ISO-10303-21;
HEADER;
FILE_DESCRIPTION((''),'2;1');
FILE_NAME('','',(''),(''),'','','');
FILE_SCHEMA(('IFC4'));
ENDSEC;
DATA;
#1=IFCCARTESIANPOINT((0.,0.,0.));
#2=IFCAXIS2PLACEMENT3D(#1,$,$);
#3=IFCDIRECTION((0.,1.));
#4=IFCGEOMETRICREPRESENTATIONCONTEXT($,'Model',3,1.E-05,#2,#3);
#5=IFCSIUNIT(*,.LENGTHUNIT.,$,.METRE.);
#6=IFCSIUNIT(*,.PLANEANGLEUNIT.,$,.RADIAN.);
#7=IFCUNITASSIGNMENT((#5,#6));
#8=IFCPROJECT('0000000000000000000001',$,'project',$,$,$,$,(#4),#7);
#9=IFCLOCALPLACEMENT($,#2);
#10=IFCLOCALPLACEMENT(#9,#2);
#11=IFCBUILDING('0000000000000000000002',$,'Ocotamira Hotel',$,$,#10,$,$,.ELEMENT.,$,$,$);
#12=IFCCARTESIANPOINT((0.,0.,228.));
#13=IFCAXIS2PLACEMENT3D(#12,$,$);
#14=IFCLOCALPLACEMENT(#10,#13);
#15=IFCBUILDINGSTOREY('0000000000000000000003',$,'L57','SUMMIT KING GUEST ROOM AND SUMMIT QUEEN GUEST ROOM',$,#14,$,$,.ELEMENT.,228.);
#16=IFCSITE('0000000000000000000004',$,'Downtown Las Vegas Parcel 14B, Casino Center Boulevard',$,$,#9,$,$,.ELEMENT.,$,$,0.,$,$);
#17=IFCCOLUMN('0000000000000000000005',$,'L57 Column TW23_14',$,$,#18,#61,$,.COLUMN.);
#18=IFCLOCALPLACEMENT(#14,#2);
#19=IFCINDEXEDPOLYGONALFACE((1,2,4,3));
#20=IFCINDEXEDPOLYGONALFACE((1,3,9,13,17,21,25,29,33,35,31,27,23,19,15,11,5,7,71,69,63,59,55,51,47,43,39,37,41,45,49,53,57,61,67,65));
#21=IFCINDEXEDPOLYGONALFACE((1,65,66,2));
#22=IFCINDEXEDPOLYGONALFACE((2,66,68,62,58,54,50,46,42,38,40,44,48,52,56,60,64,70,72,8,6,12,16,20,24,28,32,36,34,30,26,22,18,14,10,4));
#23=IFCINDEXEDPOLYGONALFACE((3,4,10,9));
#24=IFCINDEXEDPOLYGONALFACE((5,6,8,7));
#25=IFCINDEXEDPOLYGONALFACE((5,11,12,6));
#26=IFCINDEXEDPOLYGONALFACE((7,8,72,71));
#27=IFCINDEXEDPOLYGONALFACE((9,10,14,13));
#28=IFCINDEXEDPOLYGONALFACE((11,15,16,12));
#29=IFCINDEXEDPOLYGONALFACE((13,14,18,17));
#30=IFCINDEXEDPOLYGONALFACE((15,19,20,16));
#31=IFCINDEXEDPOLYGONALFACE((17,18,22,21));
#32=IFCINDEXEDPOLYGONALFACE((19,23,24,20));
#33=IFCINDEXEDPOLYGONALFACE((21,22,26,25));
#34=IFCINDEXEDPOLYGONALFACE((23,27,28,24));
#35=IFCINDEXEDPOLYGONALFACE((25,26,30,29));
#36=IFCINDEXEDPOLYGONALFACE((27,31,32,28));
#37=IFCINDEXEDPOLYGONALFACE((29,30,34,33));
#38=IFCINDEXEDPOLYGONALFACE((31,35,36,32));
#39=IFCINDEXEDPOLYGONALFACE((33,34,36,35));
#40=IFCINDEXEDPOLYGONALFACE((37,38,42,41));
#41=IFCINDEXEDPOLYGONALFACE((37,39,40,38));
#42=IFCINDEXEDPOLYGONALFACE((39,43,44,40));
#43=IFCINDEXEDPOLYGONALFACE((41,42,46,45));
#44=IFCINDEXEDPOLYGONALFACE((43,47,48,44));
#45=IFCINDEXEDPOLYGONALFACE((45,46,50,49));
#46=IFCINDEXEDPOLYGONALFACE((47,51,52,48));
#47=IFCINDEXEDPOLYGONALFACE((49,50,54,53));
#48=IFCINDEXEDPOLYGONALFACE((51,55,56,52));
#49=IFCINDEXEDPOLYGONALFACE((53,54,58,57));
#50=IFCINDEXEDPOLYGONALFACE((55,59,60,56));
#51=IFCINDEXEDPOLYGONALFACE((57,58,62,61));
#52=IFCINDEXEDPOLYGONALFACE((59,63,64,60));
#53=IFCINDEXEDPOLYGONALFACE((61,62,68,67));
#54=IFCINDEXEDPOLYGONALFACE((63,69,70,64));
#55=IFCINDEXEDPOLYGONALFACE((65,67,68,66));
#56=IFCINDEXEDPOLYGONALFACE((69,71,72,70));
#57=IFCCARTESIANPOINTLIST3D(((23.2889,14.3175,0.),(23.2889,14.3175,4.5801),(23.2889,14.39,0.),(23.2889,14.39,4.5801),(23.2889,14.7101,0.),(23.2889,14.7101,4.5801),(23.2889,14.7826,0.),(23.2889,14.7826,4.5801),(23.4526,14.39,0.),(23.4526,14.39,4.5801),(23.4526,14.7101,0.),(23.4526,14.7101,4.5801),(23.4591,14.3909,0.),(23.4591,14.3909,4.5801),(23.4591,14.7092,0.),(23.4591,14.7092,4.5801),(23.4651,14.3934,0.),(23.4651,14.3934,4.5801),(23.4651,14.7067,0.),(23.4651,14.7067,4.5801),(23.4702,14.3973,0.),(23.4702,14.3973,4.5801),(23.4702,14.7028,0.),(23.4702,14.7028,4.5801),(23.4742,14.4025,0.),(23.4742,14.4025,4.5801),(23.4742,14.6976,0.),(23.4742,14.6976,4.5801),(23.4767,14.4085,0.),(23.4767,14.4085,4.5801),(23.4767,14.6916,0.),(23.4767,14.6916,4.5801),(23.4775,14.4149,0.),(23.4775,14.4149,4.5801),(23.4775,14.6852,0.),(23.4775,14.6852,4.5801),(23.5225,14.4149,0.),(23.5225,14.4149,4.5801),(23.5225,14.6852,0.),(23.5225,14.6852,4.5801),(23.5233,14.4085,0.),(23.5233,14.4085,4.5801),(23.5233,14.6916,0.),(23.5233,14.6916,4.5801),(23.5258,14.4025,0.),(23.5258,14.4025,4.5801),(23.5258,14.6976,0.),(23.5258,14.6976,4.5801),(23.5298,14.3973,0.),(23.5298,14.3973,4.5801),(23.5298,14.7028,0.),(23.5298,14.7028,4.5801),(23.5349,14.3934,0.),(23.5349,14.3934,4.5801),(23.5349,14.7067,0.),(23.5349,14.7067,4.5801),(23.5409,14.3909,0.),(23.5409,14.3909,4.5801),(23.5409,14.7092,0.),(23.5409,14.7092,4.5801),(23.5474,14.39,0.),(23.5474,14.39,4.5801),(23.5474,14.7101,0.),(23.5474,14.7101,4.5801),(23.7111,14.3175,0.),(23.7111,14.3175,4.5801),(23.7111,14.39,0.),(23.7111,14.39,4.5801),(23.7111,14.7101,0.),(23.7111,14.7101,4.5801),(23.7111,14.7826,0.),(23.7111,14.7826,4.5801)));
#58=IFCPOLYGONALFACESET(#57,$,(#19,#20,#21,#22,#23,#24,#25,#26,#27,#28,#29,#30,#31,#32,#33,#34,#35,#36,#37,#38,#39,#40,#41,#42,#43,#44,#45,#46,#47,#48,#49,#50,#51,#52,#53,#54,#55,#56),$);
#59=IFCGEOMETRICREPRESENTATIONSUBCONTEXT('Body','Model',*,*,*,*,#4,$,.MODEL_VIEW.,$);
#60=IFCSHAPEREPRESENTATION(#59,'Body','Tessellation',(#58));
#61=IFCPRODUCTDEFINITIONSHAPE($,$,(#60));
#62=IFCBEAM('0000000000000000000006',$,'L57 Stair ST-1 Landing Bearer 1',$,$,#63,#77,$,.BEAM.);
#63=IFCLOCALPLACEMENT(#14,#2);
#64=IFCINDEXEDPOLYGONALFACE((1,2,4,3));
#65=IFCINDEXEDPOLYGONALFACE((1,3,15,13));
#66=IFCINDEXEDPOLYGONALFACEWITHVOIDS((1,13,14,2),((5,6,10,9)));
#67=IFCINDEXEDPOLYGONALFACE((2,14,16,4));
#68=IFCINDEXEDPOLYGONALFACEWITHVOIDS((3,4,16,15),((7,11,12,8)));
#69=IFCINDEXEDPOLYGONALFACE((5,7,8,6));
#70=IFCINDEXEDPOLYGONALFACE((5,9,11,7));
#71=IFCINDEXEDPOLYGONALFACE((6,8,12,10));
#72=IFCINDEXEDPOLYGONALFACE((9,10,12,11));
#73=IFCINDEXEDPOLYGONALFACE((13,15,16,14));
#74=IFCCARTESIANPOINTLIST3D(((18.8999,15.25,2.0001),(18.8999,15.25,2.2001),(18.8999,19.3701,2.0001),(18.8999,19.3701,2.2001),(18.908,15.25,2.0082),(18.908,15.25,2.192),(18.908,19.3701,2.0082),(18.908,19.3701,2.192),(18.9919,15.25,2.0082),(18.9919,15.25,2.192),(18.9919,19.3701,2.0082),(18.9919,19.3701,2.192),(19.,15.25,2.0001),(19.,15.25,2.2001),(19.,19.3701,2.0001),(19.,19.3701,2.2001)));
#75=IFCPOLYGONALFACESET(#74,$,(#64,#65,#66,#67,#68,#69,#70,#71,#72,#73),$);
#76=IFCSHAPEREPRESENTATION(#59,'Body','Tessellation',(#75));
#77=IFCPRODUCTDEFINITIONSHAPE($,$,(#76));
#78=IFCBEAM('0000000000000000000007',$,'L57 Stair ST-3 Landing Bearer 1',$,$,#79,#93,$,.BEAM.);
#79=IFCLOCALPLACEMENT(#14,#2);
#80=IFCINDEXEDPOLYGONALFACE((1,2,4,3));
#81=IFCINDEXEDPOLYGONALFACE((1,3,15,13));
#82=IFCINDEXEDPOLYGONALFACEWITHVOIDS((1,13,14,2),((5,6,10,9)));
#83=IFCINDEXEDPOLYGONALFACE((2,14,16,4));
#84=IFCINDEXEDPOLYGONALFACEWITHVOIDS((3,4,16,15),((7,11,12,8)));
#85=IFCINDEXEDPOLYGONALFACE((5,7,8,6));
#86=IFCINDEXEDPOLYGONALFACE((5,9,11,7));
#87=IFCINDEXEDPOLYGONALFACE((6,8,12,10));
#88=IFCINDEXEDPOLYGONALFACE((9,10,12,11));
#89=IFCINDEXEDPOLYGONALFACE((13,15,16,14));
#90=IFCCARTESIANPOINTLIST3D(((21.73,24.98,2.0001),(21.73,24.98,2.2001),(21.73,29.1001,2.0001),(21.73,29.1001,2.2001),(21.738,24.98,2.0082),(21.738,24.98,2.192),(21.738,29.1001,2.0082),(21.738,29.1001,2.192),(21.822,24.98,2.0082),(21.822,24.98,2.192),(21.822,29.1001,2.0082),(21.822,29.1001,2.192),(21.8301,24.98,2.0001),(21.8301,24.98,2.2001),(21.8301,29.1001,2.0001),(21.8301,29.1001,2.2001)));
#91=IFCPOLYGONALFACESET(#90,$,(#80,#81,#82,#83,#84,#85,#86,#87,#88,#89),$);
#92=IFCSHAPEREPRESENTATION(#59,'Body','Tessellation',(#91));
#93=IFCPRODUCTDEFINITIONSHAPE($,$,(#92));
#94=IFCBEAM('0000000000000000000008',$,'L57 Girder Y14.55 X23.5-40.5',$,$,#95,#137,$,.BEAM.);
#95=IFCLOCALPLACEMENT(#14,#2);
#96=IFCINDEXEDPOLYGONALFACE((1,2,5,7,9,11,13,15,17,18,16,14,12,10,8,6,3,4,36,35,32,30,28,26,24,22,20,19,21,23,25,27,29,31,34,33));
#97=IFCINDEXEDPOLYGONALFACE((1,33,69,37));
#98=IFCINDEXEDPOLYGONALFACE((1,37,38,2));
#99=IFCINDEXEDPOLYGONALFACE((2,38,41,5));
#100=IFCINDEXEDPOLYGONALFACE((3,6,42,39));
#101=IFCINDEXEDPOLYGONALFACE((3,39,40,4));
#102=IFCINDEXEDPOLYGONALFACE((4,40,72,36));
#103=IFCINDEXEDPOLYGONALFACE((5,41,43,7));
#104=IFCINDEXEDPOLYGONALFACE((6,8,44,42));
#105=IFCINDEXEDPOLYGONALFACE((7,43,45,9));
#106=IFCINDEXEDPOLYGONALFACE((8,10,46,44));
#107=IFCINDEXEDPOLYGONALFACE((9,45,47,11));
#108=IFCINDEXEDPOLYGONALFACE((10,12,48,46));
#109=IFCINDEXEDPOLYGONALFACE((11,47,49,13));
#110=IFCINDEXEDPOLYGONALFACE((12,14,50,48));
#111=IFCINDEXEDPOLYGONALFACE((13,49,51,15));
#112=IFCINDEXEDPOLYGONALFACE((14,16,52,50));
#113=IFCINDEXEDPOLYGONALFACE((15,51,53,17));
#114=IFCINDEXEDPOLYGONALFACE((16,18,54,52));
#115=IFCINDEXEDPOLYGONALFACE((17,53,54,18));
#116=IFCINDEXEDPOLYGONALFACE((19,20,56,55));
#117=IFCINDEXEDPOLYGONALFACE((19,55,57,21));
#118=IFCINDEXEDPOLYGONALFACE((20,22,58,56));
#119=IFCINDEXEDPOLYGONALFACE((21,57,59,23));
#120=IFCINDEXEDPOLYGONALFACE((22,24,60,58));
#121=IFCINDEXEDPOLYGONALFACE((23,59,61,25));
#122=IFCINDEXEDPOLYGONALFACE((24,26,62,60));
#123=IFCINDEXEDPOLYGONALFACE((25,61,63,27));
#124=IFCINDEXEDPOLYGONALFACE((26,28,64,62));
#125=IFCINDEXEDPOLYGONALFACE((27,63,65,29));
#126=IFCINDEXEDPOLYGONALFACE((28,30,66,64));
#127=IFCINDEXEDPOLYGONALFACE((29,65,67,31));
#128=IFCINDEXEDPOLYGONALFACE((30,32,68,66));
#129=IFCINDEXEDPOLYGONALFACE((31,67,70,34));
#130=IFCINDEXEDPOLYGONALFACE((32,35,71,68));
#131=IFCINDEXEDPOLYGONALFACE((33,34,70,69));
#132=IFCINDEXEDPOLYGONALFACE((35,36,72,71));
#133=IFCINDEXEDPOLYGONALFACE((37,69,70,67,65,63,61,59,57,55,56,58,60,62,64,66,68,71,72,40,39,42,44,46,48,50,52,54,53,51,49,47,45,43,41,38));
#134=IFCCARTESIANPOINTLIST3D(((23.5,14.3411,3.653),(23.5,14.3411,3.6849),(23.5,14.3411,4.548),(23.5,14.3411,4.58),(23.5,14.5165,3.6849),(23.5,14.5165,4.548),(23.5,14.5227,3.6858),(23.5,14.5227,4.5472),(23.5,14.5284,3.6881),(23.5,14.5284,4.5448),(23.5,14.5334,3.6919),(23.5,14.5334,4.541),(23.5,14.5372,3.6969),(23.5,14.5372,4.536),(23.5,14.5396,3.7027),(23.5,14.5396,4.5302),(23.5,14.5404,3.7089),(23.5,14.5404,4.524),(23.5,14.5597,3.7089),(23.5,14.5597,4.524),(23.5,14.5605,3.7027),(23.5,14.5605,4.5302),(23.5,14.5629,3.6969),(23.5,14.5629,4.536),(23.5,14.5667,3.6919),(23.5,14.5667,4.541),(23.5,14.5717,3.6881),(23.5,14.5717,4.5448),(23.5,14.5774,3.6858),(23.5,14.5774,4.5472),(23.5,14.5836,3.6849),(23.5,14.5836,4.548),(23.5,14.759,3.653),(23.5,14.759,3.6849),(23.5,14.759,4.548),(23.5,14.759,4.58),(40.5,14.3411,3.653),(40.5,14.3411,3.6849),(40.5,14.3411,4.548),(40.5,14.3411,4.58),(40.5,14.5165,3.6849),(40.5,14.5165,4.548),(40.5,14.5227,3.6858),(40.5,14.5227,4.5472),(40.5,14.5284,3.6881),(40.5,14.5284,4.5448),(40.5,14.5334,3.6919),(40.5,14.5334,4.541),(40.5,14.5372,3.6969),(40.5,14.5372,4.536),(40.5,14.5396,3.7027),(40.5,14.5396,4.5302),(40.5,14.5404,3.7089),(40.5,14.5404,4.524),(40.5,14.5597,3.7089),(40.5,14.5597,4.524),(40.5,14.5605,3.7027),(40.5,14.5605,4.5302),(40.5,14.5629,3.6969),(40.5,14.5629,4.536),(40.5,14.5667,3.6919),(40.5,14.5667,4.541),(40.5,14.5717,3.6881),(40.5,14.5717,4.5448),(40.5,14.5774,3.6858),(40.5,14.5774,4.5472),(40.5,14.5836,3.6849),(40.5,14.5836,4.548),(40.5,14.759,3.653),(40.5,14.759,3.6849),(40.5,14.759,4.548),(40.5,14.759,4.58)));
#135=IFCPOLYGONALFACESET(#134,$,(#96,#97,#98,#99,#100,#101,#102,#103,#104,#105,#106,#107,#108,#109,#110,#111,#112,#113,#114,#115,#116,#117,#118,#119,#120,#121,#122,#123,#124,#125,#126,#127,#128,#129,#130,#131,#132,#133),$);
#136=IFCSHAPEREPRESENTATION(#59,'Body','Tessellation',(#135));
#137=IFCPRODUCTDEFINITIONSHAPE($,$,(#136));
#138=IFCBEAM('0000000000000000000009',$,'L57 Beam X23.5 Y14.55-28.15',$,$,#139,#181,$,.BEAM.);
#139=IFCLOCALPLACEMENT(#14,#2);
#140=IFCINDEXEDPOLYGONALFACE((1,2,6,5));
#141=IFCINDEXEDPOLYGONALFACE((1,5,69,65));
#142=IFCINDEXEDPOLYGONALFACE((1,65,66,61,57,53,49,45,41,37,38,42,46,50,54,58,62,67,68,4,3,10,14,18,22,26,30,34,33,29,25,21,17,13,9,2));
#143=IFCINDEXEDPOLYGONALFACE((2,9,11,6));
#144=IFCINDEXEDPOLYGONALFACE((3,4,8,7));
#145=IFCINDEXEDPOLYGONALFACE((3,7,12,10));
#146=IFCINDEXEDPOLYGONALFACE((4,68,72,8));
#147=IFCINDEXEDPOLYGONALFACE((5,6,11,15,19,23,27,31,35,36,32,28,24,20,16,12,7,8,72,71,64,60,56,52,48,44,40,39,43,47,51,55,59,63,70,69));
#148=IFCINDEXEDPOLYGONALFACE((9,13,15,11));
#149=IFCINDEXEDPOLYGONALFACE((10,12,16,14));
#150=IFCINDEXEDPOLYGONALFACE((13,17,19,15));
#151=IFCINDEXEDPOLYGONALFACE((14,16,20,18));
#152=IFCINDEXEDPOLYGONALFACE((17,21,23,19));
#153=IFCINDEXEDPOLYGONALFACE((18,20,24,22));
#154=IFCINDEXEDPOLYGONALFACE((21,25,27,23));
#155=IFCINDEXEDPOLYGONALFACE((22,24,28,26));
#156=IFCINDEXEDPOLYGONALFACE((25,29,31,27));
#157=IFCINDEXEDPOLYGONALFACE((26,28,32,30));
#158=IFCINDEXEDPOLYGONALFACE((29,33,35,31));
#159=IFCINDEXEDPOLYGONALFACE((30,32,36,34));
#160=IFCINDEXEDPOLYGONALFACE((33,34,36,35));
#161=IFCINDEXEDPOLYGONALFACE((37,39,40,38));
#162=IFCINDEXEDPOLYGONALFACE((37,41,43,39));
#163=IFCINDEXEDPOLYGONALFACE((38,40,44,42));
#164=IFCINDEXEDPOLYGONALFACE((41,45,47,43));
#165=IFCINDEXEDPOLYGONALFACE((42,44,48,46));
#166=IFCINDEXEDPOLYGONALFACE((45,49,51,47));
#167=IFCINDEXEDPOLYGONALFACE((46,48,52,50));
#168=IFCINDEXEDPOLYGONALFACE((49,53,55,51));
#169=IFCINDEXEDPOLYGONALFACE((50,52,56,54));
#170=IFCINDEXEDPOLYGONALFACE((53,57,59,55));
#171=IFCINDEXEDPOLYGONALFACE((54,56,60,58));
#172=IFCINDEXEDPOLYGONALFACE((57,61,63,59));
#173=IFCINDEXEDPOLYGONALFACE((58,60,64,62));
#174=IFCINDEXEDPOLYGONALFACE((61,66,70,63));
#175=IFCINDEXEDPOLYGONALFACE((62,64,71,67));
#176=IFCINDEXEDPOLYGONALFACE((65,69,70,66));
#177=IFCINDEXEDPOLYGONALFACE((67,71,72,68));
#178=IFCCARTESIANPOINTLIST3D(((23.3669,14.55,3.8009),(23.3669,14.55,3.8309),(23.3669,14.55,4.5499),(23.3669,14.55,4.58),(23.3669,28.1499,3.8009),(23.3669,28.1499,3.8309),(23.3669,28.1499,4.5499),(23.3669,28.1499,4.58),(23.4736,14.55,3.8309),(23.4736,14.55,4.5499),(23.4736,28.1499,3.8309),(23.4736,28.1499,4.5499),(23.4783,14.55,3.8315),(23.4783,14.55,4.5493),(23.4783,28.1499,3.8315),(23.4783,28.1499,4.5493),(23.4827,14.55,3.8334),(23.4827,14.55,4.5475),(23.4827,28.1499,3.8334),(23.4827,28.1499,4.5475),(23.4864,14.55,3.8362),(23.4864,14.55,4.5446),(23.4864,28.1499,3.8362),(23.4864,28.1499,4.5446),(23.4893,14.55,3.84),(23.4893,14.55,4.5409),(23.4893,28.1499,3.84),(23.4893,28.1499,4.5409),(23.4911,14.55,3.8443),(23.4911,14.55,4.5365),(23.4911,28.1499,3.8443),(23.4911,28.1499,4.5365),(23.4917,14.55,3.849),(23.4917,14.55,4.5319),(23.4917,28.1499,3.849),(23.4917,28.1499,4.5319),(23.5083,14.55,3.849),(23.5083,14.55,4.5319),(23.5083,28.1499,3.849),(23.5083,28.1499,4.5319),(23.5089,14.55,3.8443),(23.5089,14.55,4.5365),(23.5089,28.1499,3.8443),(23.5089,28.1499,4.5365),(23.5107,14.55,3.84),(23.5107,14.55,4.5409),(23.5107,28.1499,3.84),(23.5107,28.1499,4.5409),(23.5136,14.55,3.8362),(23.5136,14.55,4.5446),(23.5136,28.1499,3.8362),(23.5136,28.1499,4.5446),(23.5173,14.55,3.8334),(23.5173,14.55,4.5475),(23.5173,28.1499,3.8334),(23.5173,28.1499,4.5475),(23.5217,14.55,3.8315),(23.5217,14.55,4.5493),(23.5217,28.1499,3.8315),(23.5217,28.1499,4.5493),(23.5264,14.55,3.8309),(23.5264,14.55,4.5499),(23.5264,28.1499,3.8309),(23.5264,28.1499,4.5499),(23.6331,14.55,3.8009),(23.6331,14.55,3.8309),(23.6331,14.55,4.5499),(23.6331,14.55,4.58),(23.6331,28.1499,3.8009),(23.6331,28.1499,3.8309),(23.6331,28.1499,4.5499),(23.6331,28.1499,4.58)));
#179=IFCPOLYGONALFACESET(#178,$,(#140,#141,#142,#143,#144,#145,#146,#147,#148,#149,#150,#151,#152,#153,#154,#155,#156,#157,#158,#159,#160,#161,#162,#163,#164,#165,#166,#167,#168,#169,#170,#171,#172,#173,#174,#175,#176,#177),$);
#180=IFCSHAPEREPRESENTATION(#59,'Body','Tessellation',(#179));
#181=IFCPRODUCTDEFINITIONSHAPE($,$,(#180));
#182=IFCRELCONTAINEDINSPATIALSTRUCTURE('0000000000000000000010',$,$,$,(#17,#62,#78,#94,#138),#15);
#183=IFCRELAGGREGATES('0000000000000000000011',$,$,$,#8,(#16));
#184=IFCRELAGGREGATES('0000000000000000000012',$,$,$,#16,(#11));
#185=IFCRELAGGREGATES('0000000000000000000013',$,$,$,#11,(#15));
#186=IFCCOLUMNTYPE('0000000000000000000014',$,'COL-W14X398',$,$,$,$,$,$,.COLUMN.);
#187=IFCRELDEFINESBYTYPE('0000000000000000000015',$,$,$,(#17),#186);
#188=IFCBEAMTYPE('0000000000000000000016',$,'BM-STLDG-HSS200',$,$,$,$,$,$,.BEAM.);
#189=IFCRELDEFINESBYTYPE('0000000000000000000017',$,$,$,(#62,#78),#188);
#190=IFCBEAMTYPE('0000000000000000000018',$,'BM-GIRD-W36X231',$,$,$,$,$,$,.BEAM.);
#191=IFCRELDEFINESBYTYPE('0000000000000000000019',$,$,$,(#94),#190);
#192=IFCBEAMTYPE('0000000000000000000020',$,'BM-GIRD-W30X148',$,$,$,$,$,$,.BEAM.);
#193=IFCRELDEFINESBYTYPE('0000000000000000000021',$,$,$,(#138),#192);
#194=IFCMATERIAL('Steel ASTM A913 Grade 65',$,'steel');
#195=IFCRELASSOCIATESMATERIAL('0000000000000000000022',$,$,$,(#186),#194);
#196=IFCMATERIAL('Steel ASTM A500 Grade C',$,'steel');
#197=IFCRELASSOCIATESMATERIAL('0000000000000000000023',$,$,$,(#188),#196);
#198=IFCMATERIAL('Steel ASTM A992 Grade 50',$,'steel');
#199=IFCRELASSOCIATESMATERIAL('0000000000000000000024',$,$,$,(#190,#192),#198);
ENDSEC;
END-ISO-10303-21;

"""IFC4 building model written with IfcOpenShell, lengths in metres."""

from ifc_helpers import new_model, si_unit, direction, frame, origin, origin_2d, place, context, subcontext, project, spatial, hollow_rectangle, i_section, extrude, source, transform, mapped, material, material_profile, profile_set, type_object, element, save


model = new_model("IFC4")

# Units and contexts
model_context = context("Model", 3, precision=1e-05, world=origin(), true_north=direction((0.0, 1.0)))
body_context = subcontext(model_context, "Body", "Model", "MODEL_VIEW")
ifc_project = project(units=[si_unit("LENGTHUNIT", "METRE"), si_unit("PLANEANGLEUNIT", "RADIAN")], contexts=[model_context])

# Site, building, storey
site_placement = place(None, origin())
site = spatial("IfcSite", under=ifc_project, at=site_placement, Name="Downtown Las Vegas Parcel 14B, Casino Center Boulevard", CompositionType="ELEMENT", RefElevation=0.0)
building_placement = place(site_placement, origin())
building = spatial("IfcBuilding", under=site, at=building_placement, Name="Ocotamira Hotel", CompositionType="ELEMENT")
storey_placement = place(building_placement, frame((0.0, 0.0, 228.0)))
storey = spatial("IfcBuildingStorey", under=building, at=storey_placement, Name="L57", Description="SUMMIT KING GUEST ROOM AND SUMMIT QUEEN GUEST ROOM", CompositionType="ELEMENT", Elevation=228.0)

# Column
ifc_material_1 = material(Name="Steel ASTM A913 Grade 65", Category="steel")
ifc_material_profile_1 = material_profile(ifc_material_1, i_section(OverallWidth=0.4221, OverallDepth=0.4651, WebThickness=0.0449, FlangeThickness=0.0725, FilletRadius=0.0249, at=origin_2d()), Name="W14X398")
ifc_profile_set_1 = profile_set([ifc_material_profile_1], Name="Steel ASTM A913 Grade 65")
column_type = type_object("IfcColumnType", Name="COL-W14X398", PredefinedType="COLUMN", material=ifc_profile_set_1)
shared_shape_1 = source(origin(), body_context, "Body", "SweptSolid", [
    extrude(i_section(OverallWidth=0.4221, OverallDepth=0.4651, WebThickness=0.0449, FlangeThickness=0.0725, FilletRadius=0.0249, at=origin_2d()), origin(), (0.0, 0.0, 1.0), 4.5801),
])
column_placement = place(storey_placement, frame((23.5, 14.55, 0.0), z_axis=(0.0, 0.0, 1.0), x_axis=(1.0, 0.0, 0.0)))
element("IfcColumn", 1, at=column_placement, inside=storey, type_object=column_type, Name="L57 Column TW23_14", PredefinedType="COLUMN", context=body_context, shape_type="MappedRepresentation", body=[
    mapped(shared_shape_1, transform((0.0, 0.0, 0.0), scale=1.0)),
])

# Beams
ifc_material_2 = material(Name="Steel ASTM A500 Grade C", Category="steel")
ifc_material_profile_2 = material_profile(ifc_material_2, hollow_rectangle(XDim=0.1001, YDim=0.2, WallThickness=0.0081, at=origin_2d()), Name="HSS200X100X8")
ifc_profile_set_2 = profile_set([ifc_material_profile_2], Name="Steel ASTM A500 Grade C")
beam_type_1 = type_object("IfcBeamType", Name="BM-STLDG-HSS200", PredefinedType="BEAM", material=ifc_profile_set_2)
shared_shape_2 = source(origin(), body_context, "Body", "SweptSolid", [
    extrude(hollow_rectangle(XDim=0.1001, YDim=0.2, WallThickness=0.0081, at=origin_2d()), origin(), (0.0, 0.0, 1.0), 4.1201),
])
for number, where, z_axis, x_axis, name in (
    (2, (18.95, 15.25, 2.1001), (0.0, 1.0, 0.0), (-1.0, 0.0, 0.0), "L57 Stair ST-1 Landing Bearer 1"),
    (3, (21.78, 24.98, 2.1001), (0.0, 1.0, 0.0), (-1.0, 0.0, 0.0), "L57 Stair ST-3 Landing Bearer 1"),
):
    element("IfcBeam", number, at=place(storey_placement, frame(where, z_axis=z_axis, x_axis=x_axis)), inside=storey, type_object=beam_type_1, Name=name, PredefinedType="BEAM", context=body_context, shape_type="MappedRepresentation", body=[
        mapped(shared_shape_2, transform((0.0, 0.0, 0.0), scale=1.0)),
    ])
ifc_material_3 = material(Name="Steel ASTM A992 Grade 50", Category="steel")
ifc_material_profile_3 = material_profile(ifc_material_3, i_section(OverallWidth=0.418, OverallDepth=0.927, WebThickness=0.0193, FlangeThickness=0.032, FilletRadius=0.0239, at=origin_2d()), Name="W36X231")
ifc_profile_set_3 = profile_set([ifc_material_profile_3], Name="Steel ASTM A992 Grade 50")
beam_type_2 = type_object("IfcBeamType", Name="BM-GIRD-W36X231", PredefinedType="BEAM", material=ifc_profile_set_3)
shared_shape_3 = source(origin(), body_context, "Body", "SweptSolid", [
    extrude(i_section(OverallWidth=0.418, OverallDepth=0.927, WebThickness=0.0193, FlangeThickness=0.032, FilletRadius=0.0239, at=origin_2d()), origin(), (0.0, 0.0, 1.0), 17.0),
])
beam_1_placement = place(storey_placement, frame((23.5, 14.55, 4.1165), z_axis=(1.0, 0.0, 0.0), x_axis=(0.0, 1.0, 0.0)))
element("IfcBeam", 4, at=beam_1_placement, inside=storey, type_object=beam_type_2, Name="L57 Girder Y14.55 X23.5-40.5", PredefinedType="BEAM", context=body_context, shape_type="MappedRepresentation", body=[
    mapped(shared_shape_3, transform((0.0, 0.0, 0.0), scale=1.0)),
])
ifc_material_profile_4 = material_profile(ifc_material_3, i_section(OverallWidth=0.2661, OverallDepth=0.7791, WebThickness=0.0166, FlangeThickness=0.03, FilletRadius=0.0181, at=origin_2d()), Name="W30X148")
ifc_profile_set_4 = profile_set([ifc_material_profile_4], Name="Steel ASTM A992 Grade 50")
beam_type_3 = type_object("IfcBeamType", Name="BM-GIRD-W30X148", PredefinedType="BEAM", material=ifc_profile_set_4)
shared_shape_4 = source(origin(), body_context, "Body", "SweptSolid", [
    extrude(i_section(OverallWidth=0.2661, OverallDepth=0.7791, WebThickness=0.0166, FlangeThickness=0.03, FilletRadius=0.0181, at=origin_2d()), origin(), (0.0, 0.0, 1.0), 13.5999),
])
beam_2_placement = place(storey_placement, frame((23.5, 14.55, 4.1904), z_axis=(0.0, 1.0, 0.0), x_axis=(-1.0, 0.0, 0.0)))
element("IfcBeam", 5, at=beam_2_placement, inside=storey, type_object=beam_type_3, Name="L57 Beam X23.5 Y14.55-28.15", PredefinedType="BEAM", context=body_context, shape_type="MappedRepresentation", body=[
    mapped(shared_shape_4, transform((0.0, 0.0, 0.0), scale=1.0)),
])

save(model, "model.ifc")
